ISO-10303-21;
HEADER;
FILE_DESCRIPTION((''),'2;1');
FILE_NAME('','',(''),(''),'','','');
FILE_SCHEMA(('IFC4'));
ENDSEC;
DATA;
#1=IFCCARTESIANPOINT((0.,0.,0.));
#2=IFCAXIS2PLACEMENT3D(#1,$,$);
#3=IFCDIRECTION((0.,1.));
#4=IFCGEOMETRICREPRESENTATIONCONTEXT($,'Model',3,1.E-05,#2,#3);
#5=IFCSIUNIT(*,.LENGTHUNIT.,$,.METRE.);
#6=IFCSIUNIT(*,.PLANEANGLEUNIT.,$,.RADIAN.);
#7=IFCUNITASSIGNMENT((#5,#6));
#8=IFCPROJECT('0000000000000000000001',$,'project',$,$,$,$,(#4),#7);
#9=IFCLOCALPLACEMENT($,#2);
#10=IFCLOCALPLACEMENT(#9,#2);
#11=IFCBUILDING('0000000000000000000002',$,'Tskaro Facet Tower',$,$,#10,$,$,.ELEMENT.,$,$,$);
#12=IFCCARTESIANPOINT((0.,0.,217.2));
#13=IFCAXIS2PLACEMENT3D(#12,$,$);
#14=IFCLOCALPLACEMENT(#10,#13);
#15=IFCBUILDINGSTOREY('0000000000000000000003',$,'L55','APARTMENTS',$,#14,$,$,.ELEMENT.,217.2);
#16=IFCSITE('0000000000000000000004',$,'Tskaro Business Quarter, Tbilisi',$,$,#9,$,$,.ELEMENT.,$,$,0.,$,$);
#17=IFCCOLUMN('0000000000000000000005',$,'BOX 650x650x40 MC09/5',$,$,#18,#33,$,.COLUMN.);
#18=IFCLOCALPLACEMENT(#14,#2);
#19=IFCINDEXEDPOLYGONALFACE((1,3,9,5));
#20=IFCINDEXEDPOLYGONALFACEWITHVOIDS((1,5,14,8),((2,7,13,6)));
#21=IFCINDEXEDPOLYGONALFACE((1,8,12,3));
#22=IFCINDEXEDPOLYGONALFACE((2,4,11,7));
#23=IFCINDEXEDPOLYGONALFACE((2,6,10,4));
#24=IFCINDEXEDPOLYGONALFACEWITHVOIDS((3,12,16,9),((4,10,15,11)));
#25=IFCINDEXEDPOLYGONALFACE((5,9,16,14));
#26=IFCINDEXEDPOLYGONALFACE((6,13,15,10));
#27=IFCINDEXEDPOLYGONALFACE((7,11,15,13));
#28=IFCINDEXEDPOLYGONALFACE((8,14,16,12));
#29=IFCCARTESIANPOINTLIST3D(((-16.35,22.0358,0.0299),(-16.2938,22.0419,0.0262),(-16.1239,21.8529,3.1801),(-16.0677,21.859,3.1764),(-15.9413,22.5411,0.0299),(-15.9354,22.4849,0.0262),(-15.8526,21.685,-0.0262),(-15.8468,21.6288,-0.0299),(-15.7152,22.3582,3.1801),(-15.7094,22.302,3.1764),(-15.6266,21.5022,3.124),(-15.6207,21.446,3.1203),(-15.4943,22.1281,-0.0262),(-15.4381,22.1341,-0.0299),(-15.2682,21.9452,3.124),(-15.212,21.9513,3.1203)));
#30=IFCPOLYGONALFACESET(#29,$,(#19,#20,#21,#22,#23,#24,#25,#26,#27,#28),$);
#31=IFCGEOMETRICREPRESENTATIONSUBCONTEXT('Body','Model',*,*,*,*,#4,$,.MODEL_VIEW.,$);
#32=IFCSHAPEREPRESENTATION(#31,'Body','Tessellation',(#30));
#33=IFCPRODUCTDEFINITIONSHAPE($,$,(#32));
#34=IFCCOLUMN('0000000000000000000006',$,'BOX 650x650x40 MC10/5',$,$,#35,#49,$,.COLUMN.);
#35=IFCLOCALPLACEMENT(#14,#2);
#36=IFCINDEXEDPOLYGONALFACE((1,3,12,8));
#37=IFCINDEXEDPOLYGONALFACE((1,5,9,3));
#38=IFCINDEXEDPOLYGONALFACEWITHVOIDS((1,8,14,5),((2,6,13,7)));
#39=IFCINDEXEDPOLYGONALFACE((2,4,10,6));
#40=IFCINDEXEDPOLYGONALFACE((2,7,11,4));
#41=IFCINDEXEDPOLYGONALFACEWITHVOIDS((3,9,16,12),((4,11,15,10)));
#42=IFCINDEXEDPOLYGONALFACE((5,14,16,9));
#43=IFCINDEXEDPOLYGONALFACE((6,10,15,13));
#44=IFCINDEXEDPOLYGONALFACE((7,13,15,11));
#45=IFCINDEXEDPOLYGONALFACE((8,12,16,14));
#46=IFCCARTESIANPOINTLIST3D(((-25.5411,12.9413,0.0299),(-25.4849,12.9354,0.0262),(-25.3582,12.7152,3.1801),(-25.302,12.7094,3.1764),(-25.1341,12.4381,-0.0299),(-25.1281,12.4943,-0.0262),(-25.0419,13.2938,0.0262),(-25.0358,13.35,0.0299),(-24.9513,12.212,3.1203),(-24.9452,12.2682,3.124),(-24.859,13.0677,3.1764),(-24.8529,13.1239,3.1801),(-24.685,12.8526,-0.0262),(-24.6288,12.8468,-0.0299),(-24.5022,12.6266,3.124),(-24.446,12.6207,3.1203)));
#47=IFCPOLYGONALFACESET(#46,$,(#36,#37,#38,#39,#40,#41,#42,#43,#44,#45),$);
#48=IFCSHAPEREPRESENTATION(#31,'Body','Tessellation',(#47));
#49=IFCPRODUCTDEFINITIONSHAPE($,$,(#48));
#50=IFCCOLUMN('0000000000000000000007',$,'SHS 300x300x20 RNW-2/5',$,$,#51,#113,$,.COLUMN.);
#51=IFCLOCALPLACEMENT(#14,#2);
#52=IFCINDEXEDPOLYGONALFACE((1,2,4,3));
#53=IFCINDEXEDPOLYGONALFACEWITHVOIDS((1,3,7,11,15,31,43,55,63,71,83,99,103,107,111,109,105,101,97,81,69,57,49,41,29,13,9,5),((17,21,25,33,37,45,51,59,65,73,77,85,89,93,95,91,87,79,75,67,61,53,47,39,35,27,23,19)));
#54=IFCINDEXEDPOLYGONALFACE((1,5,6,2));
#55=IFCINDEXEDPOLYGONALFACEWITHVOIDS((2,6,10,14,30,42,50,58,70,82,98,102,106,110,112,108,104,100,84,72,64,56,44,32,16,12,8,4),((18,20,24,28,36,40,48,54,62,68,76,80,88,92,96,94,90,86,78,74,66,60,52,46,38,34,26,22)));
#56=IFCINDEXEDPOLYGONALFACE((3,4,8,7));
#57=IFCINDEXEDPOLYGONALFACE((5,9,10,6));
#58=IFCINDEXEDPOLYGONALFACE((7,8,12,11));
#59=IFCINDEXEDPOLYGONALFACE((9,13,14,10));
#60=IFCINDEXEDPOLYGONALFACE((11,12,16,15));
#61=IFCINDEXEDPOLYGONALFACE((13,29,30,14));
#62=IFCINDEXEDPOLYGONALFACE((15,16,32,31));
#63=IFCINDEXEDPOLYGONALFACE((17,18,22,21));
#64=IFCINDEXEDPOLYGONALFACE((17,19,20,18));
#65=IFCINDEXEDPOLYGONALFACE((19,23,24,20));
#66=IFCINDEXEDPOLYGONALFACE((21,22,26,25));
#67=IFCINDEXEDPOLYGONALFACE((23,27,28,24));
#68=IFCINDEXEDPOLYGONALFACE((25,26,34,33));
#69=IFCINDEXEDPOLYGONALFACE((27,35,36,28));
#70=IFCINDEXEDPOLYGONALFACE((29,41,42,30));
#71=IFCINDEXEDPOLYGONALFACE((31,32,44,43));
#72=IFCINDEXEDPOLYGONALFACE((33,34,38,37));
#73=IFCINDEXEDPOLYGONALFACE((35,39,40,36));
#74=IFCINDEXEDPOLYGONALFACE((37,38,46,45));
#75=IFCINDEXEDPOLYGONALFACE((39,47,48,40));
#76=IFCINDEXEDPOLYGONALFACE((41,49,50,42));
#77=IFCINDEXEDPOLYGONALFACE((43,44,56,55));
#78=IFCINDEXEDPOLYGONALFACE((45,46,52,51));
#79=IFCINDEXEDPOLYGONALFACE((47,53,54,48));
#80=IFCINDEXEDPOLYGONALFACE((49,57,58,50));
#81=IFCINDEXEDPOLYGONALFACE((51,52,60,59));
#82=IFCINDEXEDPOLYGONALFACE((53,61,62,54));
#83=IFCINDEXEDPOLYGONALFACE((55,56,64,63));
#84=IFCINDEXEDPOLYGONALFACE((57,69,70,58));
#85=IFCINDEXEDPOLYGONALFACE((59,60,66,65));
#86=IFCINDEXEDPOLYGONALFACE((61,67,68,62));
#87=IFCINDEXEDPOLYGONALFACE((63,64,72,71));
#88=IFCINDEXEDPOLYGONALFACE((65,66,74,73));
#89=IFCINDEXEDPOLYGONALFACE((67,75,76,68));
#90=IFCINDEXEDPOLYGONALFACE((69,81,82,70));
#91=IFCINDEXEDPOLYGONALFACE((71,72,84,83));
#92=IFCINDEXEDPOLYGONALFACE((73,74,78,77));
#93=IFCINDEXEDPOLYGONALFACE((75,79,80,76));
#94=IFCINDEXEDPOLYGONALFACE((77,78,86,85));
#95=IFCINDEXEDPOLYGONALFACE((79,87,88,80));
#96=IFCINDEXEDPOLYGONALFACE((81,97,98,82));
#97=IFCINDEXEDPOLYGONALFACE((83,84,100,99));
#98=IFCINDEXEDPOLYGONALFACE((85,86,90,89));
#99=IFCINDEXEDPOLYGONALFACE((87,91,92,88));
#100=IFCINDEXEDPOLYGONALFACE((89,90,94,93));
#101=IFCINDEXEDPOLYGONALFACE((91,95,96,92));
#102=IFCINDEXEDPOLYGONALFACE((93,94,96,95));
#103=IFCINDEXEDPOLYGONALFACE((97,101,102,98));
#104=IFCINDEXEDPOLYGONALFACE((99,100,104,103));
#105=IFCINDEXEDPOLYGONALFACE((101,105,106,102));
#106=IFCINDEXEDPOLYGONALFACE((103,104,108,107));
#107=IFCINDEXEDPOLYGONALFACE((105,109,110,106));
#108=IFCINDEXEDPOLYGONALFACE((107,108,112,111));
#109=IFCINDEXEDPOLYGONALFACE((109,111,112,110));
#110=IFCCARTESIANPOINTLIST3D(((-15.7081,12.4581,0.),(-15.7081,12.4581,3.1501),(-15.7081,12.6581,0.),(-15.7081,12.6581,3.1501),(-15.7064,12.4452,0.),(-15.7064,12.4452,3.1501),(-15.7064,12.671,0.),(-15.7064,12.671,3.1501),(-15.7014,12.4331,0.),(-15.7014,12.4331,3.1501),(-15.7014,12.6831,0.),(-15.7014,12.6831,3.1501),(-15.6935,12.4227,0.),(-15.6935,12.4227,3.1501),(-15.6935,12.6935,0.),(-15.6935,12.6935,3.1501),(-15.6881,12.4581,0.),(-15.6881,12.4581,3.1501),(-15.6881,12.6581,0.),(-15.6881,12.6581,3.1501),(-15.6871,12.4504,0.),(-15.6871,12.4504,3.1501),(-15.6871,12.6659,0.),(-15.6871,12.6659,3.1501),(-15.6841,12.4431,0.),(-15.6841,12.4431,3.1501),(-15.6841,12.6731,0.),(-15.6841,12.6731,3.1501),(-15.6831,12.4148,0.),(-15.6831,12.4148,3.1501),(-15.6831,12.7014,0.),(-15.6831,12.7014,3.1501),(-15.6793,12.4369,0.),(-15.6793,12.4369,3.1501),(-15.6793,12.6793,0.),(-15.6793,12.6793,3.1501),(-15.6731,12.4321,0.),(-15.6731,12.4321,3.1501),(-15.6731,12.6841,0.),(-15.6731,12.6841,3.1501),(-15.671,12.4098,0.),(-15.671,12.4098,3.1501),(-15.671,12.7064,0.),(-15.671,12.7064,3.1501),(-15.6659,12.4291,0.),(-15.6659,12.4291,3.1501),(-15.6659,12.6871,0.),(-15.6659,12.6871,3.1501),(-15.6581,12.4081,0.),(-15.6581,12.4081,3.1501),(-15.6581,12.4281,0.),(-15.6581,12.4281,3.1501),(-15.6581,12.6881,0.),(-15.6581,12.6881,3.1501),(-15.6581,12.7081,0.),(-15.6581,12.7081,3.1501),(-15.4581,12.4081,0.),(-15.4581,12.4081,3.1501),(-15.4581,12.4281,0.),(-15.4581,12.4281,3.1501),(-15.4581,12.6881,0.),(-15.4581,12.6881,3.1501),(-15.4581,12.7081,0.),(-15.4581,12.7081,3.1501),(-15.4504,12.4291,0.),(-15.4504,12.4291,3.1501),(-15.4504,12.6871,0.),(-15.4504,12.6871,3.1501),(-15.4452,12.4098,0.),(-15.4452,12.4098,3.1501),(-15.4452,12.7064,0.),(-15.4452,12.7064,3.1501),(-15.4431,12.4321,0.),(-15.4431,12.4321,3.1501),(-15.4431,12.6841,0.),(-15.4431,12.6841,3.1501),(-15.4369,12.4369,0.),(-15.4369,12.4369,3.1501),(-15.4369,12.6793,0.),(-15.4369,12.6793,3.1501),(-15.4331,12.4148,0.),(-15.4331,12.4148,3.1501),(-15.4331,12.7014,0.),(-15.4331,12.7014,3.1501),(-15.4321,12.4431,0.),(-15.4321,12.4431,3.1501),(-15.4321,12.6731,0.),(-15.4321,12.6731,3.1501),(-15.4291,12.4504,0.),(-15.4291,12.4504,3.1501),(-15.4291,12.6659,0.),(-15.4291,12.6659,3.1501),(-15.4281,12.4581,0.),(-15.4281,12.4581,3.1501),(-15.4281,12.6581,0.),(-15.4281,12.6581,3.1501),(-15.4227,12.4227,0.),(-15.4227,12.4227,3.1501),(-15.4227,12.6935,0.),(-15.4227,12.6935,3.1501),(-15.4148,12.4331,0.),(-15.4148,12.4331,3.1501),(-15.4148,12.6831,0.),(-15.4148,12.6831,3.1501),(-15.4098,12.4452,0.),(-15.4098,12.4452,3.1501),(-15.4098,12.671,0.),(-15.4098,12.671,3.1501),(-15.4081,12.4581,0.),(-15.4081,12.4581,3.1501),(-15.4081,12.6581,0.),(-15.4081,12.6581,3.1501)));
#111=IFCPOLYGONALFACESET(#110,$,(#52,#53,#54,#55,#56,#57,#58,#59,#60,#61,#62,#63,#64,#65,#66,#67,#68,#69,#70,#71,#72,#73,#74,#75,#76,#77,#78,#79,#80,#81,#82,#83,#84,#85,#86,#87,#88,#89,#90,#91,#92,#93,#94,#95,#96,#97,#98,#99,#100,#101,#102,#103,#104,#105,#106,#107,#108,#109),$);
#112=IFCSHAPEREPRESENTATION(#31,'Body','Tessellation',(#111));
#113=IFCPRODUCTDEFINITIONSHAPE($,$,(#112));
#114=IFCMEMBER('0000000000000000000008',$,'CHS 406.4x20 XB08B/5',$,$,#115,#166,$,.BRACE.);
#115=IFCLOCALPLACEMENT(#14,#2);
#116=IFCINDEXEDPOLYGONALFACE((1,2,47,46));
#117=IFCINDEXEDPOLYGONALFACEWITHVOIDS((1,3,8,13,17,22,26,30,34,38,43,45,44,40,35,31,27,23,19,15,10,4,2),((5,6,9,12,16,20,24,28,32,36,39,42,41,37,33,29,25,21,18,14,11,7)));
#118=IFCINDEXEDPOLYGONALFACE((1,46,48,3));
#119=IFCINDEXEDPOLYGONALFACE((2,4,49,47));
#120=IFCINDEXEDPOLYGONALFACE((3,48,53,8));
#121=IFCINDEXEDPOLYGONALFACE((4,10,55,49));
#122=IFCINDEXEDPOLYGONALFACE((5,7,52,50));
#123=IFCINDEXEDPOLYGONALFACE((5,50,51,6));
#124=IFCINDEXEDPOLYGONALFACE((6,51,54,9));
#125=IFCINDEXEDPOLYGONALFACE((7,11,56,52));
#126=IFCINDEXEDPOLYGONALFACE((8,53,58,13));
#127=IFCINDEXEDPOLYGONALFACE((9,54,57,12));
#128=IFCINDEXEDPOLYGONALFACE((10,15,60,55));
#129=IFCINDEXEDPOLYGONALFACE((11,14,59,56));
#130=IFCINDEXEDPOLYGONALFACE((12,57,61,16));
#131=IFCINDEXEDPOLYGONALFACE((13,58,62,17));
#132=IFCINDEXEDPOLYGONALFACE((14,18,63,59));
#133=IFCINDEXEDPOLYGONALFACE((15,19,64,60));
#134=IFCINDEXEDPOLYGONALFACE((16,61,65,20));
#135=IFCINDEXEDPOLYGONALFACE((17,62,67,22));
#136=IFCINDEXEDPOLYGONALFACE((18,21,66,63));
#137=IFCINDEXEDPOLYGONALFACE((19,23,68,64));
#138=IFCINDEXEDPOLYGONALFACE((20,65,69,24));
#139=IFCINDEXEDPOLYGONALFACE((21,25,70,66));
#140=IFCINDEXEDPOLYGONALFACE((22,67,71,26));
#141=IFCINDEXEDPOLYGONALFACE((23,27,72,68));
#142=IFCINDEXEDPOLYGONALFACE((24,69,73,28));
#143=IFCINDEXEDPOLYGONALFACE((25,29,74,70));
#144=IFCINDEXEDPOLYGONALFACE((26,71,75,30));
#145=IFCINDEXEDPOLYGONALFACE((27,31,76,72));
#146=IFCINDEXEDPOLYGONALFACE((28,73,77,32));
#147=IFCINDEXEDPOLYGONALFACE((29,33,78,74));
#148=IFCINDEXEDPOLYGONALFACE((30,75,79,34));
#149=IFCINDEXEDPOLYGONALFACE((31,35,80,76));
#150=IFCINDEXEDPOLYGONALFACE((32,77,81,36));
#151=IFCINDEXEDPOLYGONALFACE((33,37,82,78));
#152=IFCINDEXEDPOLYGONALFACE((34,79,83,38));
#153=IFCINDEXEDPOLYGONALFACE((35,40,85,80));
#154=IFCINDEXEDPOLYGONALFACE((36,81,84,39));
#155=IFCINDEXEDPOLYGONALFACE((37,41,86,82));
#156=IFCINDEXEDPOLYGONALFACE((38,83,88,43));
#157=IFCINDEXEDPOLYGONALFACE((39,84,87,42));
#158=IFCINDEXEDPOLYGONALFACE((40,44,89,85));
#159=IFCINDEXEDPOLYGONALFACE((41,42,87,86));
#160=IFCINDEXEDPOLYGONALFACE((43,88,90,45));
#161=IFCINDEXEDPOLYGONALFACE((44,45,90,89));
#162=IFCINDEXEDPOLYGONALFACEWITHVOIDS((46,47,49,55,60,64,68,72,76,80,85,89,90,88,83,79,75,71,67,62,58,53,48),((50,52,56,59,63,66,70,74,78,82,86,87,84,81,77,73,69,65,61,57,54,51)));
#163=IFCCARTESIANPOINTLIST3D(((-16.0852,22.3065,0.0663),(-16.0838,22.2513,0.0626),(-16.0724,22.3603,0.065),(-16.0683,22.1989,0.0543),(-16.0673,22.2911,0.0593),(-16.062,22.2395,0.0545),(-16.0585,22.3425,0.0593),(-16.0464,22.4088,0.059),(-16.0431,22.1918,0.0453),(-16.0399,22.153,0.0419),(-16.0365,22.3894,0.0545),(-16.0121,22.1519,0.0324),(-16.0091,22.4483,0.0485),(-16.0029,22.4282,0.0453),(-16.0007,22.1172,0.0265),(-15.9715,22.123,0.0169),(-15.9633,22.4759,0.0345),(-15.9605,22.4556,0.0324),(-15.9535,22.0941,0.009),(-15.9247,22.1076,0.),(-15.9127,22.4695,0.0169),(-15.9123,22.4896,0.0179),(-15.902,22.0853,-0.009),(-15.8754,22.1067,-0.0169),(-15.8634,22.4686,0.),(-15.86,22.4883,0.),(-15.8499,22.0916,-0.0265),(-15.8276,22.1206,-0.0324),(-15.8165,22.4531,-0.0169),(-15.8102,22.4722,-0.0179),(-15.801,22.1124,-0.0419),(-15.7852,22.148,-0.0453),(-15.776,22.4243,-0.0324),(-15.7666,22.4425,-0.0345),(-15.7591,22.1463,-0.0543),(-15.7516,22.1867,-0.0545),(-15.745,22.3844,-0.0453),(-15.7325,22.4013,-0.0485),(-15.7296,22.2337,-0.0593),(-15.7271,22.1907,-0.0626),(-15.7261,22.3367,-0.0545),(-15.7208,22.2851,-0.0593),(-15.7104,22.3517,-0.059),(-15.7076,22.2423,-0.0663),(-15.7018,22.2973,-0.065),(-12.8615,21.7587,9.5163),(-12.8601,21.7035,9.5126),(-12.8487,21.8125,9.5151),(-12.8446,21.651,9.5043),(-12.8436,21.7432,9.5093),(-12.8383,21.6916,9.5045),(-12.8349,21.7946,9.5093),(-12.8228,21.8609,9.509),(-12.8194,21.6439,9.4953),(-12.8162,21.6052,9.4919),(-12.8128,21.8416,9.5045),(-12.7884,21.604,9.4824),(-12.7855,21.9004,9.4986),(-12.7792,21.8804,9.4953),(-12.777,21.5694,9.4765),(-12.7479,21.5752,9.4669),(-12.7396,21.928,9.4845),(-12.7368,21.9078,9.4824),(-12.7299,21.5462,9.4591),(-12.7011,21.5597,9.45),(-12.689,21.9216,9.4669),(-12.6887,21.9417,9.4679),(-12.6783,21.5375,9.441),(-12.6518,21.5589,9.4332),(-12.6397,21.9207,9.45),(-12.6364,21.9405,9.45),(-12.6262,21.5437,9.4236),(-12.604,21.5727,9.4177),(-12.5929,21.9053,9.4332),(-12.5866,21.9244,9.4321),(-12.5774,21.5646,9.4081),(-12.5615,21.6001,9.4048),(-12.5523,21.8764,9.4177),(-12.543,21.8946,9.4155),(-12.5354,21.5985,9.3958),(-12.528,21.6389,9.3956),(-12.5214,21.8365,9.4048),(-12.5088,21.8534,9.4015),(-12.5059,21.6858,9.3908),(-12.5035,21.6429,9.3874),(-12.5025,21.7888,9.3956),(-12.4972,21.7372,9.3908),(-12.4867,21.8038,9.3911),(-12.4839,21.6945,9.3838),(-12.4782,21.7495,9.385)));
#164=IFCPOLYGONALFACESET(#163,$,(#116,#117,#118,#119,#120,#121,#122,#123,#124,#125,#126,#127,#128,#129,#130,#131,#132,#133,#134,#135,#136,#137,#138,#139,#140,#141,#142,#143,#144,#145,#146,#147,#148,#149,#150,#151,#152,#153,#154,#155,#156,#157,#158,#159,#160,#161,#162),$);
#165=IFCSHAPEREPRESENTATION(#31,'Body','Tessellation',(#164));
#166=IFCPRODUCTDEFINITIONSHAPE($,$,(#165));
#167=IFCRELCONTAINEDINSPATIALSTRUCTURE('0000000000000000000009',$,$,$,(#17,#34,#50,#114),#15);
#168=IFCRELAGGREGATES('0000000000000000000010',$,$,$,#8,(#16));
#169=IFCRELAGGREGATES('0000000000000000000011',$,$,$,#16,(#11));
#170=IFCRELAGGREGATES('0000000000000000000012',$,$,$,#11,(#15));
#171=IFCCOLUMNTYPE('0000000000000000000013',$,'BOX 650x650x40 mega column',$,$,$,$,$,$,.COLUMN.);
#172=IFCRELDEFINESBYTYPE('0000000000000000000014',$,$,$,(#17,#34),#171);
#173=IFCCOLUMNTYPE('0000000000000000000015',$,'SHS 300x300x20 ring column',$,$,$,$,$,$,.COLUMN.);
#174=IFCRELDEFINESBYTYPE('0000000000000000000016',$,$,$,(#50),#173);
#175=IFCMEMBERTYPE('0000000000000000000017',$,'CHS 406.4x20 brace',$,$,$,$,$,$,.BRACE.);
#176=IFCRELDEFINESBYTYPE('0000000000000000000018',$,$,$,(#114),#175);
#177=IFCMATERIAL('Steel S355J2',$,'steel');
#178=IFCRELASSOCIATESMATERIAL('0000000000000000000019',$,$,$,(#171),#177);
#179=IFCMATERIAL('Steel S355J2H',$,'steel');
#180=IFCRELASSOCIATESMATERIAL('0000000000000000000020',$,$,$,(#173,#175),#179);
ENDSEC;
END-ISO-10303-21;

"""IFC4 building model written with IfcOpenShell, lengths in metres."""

from ifc_helpers import new_model, si_unit, direction, frame, origin, origin_2d, place, context, subcontext, project, spatial, hollow_rectangle, hollow_circle, extrude, material, material_profile, profile_set, type_object, element, save


model = new_model("IFC4")

# Units and contexts
model_context = context("Model", 3, precision=1e-05, world=origin(), true_north=direction((0.0, 1.0)))
body_context = subcontext(model_context, "Body", "Model", "MODEL_VIEW")
ifc_project = project(units=[si_unit("LENGTHUNIT", "METRE"), si_unit("PLANEANGLEUNIT", "RADIAN")], contexts=[model_context])

# Site, building, storey
site_placement = place(None, origin())
site = spatial("IfcSite", under=ifc_project, at=site_placement, Name="Tskaro Business Quarter, Tbilisi", CompositionType="ELEMENT", RefElevation=0.0)
building_placement = place(site_placement, origin())
building = spatial("IfcBuilding", under=site, at=building_placement, Name="Tskaro Facet Tower", CompositionType="ELEMENT")
storey_placement = place(building_placement, frame((0.0, 0.0, 217.2)))
storey = spatial("IfcBuildingStorey", under=building, at=storey_placement, Name="L55", Description="APARTMENTS", CompositionType="ELEMENT", Elevation=217.2)

# Columns
ifc_material_1 = material(Name="Steel S355J2", Category="steel")
ifc_material_profile_1 = material_profile(ifc_material_1, hollow_rectangle(XDim=0.6499, YDim=0.6499, WallThickness=0.04, at=origin_2d()), Name="BOX 650x650x40")
ifc_profile_set_1 = profile_set([ifc_material_profile_1], Name="Steel S355J2")
column_type_1 = type_object("IfcColumnType", Name="BOX 650x650x40 mega column", PredefinedType="COLUMN", material=ifc_profile_set_1)
for number, where, z_axis, x_axis, name in (
    (1, (-15.894, 22.085, 0.0), (0.071462, -0.057803, 0.995767), (0.628884, 0.777499, 0.0), "BOX 650x650x40 MC09/5"),
    (2, (-25.085, 12.894, 0.0), (0.057803, -0.071462, 0.995767), (0.777499, 0.628884, 0.0), "BOX 650x650x40 MC10/5"),
):
    element("IfcColumn", number, at=place(storey_placement, frame(where, z_axis=z_axis, x_axis=x_axis)), inside=storey, type_object=column_type_1, Name=name, PredefinedType="COLUMN", context=body_context, shape_type="SweptSolid", body=[
        extrude(hollow_rectangle(XDim=0.6499, YDim=0.6499, WallThickness=0.04, at=origin_2d()), origin(), (0.0, 0.0, 1.0), 3.1636),
    ])
ifc_material_2 = material(Name="Steel S355J2H", Category="steel")
ifc_material_profile_2 = material_profile(ifc_material_2, hollow_rectangle(XDim=0.3, YDim=0.3, WallThickness=0.02, InnerFilletRadius=0.03, OuterFilletRadius=0.05, at=origin_2d()), Name="SHS 300x300x20")
ifc_profile_set_2 = profile_set([ifc_material_profile_2], Name="Steel S355J2H")
column_type_2 = type_object("IfcColumnType", Name="SHS 300x300x20 ring column", PredefinedType="COLUMN", material=ifc_profile_set_2)
column_placement = place(storey_placement, frame((-15.5581, 12.5581, 0.0), z_axis=(0.0, 0.0, 1.0), x_axis=(1.0, 0.0, 0.0)))
element("IfcColumn", 3, at=column_placement, inside=storey, type_object=column_type_2, Name="SHS 300x300x20 RNW-2/5", PredefinedType="COLUMN", context=body_context, shape_type="SweptSolid", body=[
    extrude(hollow_rectangle(XDim=0.3, YDim=0.3, WallThickness=0.02, InnerFilletRadius=0.03, OuterFilletRadius=0.05, at=origin_2d()), origin(), (0.0, 0.0, 1.0), 3.1501),
])

# Member
ifc_material_profile_3 = material_profile(ifc_material_2, hollow_circle(Radius=0.2031, WallThickness=0.02, at=origin_2d()), Name="CHS 406.4x20")
ifc_profile_set_3 = profile_set([ifc_material_profile_3], Name="Steel S355J2H")
member_type_1 = type_object("IfcMemberType", Name="CHS 406.4x20 brace", PredefinedType="BRACE", material=ifc_profile_set_3)
member_1_placement = place(storey_placement, frame((-15.894, 22.2881, 0.0), z_axis=(0.322374, -0.054787, 0.945026), x_axis=(0.167546, 0.985864, 0.0)))
element("IfcMember", 4, at=member_1_placement, inside=storey, type_object=member_type_1, Name="CHS 406.4x20 XB08B/5", PredefinedType="BRACE", context=body_context, shape_type="SweptSolid", body=[
    extrude(hollow_circle(Radius=0.2031, WallThickness=0.02, at=origin_2d()), origin(), (0.0, 0.0, 1.0), 9.9998),
])

save(model, "model.ifc")
